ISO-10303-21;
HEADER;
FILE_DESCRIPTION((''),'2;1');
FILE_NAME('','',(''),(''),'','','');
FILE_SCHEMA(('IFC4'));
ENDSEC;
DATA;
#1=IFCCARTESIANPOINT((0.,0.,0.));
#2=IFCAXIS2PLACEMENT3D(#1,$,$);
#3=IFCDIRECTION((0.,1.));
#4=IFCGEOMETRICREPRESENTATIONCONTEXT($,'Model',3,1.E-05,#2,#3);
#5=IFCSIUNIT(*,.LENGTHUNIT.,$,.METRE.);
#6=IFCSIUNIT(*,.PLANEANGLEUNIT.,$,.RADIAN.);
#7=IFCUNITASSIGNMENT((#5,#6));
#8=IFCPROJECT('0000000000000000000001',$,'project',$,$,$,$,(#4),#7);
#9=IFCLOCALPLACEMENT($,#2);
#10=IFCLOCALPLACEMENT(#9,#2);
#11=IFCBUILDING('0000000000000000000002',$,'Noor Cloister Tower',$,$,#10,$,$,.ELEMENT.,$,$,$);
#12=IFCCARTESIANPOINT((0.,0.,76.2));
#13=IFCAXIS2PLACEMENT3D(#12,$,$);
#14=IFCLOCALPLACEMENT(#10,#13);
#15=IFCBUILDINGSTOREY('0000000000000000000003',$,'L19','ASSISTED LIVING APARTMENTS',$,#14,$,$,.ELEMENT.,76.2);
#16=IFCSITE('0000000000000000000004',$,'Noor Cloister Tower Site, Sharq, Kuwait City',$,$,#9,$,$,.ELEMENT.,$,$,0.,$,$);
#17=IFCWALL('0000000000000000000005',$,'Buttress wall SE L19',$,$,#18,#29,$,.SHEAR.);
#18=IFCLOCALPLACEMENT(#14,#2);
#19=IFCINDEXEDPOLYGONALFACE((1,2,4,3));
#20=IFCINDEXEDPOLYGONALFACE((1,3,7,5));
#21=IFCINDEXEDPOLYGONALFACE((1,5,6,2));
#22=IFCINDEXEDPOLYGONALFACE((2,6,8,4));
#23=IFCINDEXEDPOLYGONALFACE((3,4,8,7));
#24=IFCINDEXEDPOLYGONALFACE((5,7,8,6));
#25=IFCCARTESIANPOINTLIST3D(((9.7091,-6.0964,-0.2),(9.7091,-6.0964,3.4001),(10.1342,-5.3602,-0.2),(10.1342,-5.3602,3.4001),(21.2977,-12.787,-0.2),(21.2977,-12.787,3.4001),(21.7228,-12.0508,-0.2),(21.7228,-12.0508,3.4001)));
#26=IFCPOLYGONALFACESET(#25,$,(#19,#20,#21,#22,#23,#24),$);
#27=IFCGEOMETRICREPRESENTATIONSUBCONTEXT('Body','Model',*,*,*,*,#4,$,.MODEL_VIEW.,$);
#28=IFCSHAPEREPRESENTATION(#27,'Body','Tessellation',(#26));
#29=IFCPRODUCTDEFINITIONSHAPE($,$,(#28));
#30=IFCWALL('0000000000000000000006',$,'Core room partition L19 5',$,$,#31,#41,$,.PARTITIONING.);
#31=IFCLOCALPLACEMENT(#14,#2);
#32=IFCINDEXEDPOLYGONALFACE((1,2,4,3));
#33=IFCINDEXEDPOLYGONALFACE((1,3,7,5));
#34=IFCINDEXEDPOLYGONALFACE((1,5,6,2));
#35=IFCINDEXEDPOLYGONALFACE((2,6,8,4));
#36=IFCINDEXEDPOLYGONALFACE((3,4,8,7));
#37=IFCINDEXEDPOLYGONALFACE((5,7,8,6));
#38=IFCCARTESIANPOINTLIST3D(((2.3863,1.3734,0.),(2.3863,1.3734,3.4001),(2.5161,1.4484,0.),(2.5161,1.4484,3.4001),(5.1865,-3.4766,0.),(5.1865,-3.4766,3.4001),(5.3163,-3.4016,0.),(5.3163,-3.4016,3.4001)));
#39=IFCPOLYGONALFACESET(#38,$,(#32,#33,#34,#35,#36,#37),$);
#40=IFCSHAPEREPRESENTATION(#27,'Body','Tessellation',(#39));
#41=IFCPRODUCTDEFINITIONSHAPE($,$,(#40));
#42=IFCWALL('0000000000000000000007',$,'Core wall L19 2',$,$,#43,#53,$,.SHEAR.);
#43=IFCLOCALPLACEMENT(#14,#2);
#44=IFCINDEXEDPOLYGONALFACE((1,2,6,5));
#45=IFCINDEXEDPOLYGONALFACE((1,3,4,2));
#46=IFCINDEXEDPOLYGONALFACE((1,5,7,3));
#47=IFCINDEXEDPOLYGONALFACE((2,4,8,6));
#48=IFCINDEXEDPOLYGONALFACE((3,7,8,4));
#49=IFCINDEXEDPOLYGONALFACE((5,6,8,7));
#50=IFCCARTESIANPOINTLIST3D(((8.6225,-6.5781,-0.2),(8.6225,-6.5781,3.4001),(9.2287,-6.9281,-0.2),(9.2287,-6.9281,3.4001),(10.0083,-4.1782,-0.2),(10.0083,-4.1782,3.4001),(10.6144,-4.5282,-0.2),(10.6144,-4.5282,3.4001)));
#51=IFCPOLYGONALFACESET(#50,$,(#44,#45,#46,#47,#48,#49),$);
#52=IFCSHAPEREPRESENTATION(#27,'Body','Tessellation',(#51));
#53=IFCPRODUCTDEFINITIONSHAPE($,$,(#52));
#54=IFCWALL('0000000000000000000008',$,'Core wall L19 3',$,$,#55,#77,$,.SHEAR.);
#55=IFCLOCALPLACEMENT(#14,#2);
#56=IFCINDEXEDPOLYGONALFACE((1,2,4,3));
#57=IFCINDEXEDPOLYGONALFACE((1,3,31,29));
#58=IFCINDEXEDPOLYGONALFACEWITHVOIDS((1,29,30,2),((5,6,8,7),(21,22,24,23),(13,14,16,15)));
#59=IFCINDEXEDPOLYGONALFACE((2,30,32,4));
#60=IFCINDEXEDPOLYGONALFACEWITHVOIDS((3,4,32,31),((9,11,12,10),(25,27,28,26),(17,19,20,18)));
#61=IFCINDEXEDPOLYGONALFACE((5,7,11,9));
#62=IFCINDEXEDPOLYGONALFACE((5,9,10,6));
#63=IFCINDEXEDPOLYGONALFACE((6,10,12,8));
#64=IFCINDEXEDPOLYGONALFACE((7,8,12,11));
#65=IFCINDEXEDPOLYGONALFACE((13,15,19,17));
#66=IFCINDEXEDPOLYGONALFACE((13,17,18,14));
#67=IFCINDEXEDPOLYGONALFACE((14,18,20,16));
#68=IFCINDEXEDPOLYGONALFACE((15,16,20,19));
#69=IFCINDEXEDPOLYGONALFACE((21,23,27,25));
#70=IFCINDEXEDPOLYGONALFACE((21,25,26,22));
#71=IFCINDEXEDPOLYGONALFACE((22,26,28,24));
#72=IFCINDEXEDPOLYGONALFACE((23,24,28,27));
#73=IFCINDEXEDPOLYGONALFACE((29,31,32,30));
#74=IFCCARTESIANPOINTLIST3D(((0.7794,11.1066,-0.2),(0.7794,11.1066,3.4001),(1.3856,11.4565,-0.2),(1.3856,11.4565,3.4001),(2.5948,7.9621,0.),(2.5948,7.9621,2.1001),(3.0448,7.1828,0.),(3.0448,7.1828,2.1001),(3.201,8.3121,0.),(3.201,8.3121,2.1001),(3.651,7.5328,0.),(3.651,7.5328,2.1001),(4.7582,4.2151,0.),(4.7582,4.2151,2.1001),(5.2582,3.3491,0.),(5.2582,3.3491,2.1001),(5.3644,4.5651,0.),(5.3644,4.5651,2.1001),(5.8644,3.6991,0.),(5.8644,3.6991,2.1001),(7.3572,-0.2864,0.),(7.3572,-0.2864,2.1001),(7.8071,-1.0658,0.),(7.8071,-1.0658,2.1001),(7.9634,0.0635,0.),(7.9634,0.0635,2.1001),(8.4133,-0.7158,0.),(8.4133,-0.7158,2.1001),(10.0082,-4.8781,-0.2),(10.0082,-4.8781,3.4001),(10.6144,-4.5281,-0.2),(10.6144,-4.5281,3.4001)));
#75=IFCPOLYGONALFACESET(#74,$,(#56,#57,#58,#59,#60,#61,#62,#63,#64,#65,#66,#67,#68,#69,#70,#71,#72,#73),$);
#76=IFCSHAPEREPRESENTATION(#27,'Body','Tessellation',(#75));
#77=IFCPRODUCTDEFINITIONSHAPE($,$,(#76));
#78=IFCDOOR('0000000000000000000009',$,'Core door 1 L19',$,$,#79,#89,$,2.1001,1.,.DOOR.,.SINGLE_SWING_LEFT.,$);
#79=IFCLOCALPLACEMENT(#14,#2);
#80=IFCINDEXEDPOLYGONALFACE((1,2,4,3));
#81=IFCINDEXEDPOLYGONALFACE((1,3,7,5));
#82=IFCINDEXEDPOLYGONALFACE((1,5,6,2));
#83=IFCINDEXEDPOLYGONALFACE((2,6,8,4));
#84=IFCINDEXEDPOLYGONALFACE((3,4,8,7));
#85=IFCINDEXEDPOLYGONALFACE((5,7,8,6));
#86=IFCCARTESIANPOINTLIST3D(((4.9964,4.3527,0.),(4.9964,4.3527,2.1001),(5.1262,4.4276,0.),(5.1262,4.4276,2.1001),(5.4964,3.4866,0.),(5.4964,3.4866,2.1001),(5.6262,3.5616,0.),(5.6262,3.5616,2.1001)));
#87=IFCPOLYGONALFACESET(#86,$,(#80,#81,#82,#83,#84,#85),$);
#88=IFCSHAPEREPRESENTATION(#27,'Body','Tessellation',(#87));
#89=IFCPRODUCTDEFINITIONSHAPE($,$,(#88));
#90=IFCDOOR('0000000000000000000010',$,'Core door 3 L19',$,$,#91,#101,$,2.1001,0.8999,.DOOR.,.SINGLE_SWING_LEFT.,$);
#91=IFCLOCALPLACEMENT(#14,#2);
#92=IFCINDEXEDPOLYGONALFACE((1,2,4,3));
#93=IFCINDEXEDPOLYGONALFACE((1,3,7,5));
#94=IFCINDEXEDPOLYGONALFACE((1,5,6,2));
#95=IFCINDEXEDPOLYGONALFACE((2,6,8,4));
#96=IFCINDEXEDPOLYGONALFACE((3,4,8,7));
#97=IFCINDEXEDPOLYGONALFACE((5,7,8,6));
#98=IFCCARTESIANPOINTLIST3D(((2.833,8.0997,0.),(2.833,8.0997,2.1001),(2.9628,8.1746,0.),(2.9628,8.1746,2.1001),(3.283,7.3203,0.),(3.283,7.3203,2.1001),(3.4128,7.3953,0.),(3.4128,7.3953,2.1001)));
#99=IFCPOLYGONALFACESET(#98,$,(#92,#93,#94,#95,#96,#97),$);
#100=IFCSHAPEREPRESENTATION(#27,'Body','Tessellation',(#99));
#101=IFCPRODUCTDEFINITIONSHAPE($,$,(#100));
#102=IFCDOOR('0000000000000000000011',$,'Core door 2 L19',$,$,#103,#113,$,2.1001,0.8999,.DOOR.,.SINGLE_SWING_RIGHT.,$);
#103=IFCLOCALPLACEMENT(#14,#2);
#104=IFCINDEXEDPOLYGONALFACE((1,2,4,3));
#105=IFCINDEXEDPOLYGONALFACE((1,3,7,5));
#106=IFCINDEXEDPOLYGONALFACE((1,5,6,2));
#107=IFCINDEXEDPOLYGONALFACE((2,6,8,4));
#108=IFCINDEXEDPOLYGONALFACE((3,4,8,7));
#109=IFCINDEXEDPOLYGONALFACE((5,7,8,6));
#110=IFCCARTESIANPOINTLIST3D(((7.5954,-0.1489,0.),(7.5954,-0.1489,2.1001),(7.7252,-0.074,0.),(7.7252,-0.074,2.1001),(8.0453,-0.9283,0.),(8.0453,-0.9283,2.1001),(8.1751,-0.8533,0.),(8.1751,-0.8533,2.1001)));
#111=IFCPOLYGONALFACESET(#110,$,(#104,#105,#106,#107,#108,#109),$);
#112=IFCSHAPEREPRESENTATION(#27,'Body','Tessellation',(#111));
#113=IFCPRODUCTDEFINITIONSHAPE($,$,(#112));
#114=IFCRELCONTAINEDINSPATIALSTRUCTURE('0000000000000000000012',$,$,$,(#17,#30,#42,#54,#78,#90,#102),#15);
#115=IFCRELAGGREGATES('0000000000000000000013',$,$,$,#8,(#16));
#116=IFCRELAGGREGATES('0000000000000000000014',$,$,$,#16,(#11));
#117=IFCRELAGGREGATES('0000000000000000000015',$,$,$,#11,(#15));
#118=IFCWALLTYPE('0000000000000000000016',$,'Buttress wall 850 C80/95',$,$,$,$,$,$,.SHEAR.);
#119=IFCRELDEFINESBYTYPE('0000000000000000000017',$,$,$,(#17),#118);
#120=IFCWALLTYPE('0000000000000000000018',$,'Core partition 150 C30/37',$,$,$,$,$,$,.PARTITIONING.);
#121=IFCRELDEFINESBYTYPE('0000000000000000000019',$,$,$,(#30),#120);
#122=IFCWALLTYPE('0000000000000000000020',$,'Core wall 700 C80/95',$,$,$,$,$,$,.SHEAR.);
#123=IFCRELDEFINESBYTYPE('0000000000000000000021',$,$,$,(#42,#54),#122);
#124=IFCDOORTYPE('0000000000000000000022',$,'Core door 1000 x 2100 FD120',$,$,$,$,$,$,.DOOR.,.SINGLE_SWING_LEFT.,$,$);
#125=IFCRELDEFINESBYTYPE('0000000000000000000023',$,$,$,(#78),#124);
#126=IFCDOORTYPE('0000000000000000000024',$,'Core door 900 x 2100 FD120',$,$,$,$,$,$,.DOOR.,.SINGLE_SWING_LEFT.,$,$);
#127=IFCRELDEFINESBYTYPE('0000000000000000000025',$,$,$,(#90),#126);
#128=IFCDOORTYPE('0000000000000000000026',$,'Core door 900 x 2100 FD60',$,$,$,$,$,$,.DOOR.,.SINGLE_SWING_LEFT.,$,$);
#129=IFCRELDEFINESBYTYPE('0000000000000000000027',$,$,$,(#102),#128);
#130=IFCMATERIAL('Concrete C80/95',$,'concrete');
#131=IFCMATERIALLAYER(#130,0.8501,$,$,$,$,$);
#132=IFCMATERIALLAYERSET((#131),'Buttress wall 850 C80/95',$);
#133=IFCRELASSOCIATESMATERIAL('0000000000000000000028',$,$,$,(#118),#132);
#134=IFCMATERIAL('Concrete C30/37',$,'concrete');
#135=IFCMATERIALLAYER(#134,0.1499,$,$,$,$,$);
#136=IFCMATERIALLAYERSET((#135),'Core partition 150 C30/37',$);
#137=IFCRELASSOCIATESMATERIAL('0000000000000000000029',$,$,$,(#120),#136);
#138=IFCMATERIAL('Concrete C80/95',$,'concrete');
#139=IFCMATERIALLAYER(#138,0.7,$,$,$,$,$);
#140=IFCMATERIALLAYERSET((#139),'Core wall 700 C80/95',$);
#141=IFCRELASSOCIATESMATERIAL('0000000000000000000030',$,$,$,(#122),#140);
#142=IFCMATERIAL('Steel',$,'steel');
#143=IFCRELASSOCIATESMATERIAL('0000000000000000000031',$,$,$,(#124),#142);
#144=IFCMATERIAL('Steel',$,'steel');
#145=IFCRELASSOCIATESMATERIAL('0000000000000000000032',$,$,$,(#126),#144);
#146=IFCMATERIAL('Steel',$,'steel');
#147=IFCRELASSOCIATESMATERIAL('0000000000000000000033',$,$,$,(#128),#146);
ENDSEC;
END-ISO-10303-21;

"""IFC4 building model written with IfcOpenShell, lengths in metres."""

from ifc_helpers import new_model, si_unit, direction, frame, frame_2d, origin, place, context, subcontext, project, spatial, rectangle, extrude, material, layer, layer_set, type_object, element, fill, save


model = new_model("IFC4")

# Units and contexts
model_context = context("Model", 3, precision=1e-05, world=origin(), true_north=direction((0.0, 1.0)))
body_context = subcontext(model_context, "Body", "Model", "MODEL_VIEW")
ifc_project = project(units=[si_unit("LENGTHUNIT", "METRE"), si_unit("PLANEANGLEUNIT", "RADIAN")], contexts=[model_context])

# Site, building, storey
site_placement = place(None, origin())
site = spatial("IfcSite", under=ifc_project, at=site_placement, Name="Noor Cloister Tower Site, Sharq, Kuwait City", CompositionType="ELEMENT", RefElevation=0.0)
building_placement = place(site_placement, origin())
building = spatial("IfcBuilding", under=site, at=building_placement, Name="Noor Cloister Tower", CompositionType="ELEMENT")
storey_placement = place(building_placement, frame((0.0, 0.0, 76.2)))
storey = spatial("IfcBuildingStorey", under=building, at=storey_placement, Name="L19", Description="ASSISTED LIVING APARTMENTS", CompositionType="ELEMENT", Elevation=76.2)

# Walls
ifc_material_1 = material(Name="Concrete C80/95", Category="concrete")
ifc_layer_1 = layer(ifc_material_1, 0.8501)
ifc_layer_set_1 = layer_set([ifc_layer_1], Name="Buttress wall 850 C80/95")
wall_type_1 = type_object("IfcWallType", Name="Buttress wall 850 C80/95", PredefinedType="SHEAR", material=ifc_layer_set_1)
wall_1_placement = place(storey_placement, frame((9.9216, -5.7283, -0.2), z_axis=(0.0, 0.0, 1.0), x_axis=(0.866026, -0.499999, 0.0)))
element("IfcWall", 1, at=wall_1_placement, inside=storey, type_object=wall_type_1, Name="Buttress wall SE L19", PredefinedType="SHEAR", context=body_context, shape_type="SweptSolid", body=[
    extrude(rectangle(XDim=13.3813, YDim=0.8501, at=frame_2d((6.6907, 0.0))), origin(), (0.0, 0.0, 1.0), 3.6001),
])
ifc_material_2 = material(Name="Concrete C30/37", Category="concrete")
ifc_layer_2 = layer(ifc_material_2, 0.1499)
ifc_layer_set_2 = layer_set([ifc_layer_2], Name="Core partition 150 C30/37")
wall_type_2 = type_object("IfcWallType", Name="Core partition 150 C30/37", PredefinedType="PARTITIONING", material=ifc_layer_set_2)
wall_2_placement = place(storey_placement, frame((5.2515, -3.4392, 0.0), z_axis=(0.0, 0.0, 1.0), x_axis=(-0.500012, 0.866019, 0.0)))
element("IfcWall", 2, at=wall_2_placement, inside=storey, type_object=wall_type_2, Name="Core room partition L19 5", PredefinedType="PARTITIONING", context=body_context, shape_type="SweptSolid", body=[
    extrude(rectangle(XDim=5.6003, YDim=0.1499, at=frame_2d((2.8003, 0.0))), origin(), (0.0, 0.0, 1.0), 3.4001),
])
ifc_material_3 = material(Name="Concrete C80/95", Category="concrete")
ifc_layer_3 = layer(ifc_material_3, 0.7)
ifc_layer_set_3 = layer_set([ifc_layer_3], Name="Core wall 700 C80/95")
wall_type_3 = type_object("IfcWallType", Name="Core wall 700 C80/95", PredefinedType="SHEAR", material=ifc_layer_set_3)
wall_3_placement = place(storey_placement, frame((8.9255, -6.7532, -0.2), z_axis=(0.0, 0.0, 1.0), x_axis=(0.500043, 0.866001, 0.0)))
element("IfcWall", 3, at=wall_3_placement, inside=storey, type_object=wall_type_3, Name="Core wall L19 2", PredefinedType="SHEAR", context=body_context, shape_type="SweptSolid", body=[
    extrude(rectangle(XDim=2.7712, YDim=0.7, at=frame_2d((1.3857, 0.0))), origin(), (0.0, 0.0, 1.0), 3.6001),
])

# Wall, openings, doors
wall_4_placement = place(storey_placement, frame((10.3113, -4.7031, -0.2), z_axis=(0.0, 0.0, 1.0), x_axis=(-0.500001, 0.866025, 0.0)))
wall_4 = element("IfcWall", 4, at=wall_4_placement, inside=storey, type_object=wall_type_3, Name="Core wall L19 3", PredefinedType="SHEAR", context=body_context, shape_type="SweptSolid", body=[
    extrude(rectangle(XDim=18.4575, YDim=0.7, at=frame_2d((9.2288, 0.0))), origin(), (0.0, 0.0, 1.0), 3.6001),
])
opening_1_placement = place(wall_4_placement, frame((9.5, 0.0, 0.2)))
opening_1 = element("IfcOpeningElement", 5, at=opening_1_placement, cuts=wall_4, PredefinedType="OPENING", context=body_context, shape_type="SweptSolid", body=[
    extrude(rectangle(XDim=1.0, YDim=2.1001, at=frame_2d((0.5, 1.05))), frame((0.0, 0.3599, 0.0), z_axis=(0.0, -1.0, 0.0), x_axis=(1.0, 0.0, 0.0)), (0.0, 0.0, 1.0), 0.72),
])
opening_2_placement = place(wall_4_placement, frame((4.4021, 0.0, 0.2)))
opening_2 = element("IfcOpeningElement", 6, at=opening_2_placement, cuts=wall_4, PredefinedType="OPENING", context=body_context, shape_type="SweptSolid", body=[
    extrude(rectangle(XDim=0.8999, YDim=2.1001, at=frame_2d((0.45, 1.05))), frame((0.0, 0.3599, 0.0), z_axis=(0.0, -1.0, 0.0), x_axis=(1.0, 0.0, 0.0)), (0.0, 0.0, 1.0), 0.72),
])
opening_3_placement = place(wall_4_placement, frame((13.9268, 0.0, 0.2)))
opening_3 = element("IfcOpeningElement", 7, at=opening_3_placement, cuts=wall_4, PredefinedType="OPENING", context=body_context, shape_type="SweptSolid", body=[
    extrude(rectangle(XDim=0.8999, YDim=2.1001, at=frame_2d((0.45, 1.05))), frame((0.0, 0.3599, 0.0), z_axis=(0.0, -1.0, 0.0), x_axis=(1.0, 0.0, 0.0)), (0.0, 0.0, 1.0), 0.72),
])
ifc_material_4 = material(Name="Steel", Category="steel")
door_type_1 = type_object("IfcDoorType", Name="Core door 1000 x 2100 FD120", OperationType="SINGLE_SWING_LEFT", PredefinedType="DOOR", material=ifc_material_4)
door_1_placement = place(opening_1_placement, origin())
door_1 = element("IfcDoor", 8, at=door_1_placement, inside=storey, type_object=door_type_1, Name="Core door 1 L19", OperationType="SINGLE_SWING_LEFT", OverallHeight=2.1001, OverallWidth=1.0, PredefinedType="DOOR", context=body_context, shape_type="SweptSolid", body=[
    extrude(rectangle(XDim=1.0, YDim=2.1001, at=frame_2d((0.5, 1.05))), frame((0.0, 0.075, 0.0), z_axis=(0.0, -1.0, 0.0), x_axis=(1.0, 0.0, 0.0)), (0.0, 0.0, 1.0), 0.1499),
])
fill(opening_1, door_1)
ifc_material_5 = material(Name="Steel", Category="steel")
door_type_2 = type_object("IfcDoorType", Name="Core door 900 x 2100 FD120", OperationType="SINGLE_SWING_LEFT", PredefinedType="DOOR", material=ifc_material_5)
door_2_placement = place(opening_3_placement, origin())
door_2 = element("IfcDoor", 9, at=door_2_placement, inside=storey, type_object=door_type_2, Name="Core door 3 L19", OperationType="SINGLE_SWING_LEFT", OverallHeight=2.1001, OverallWidth=0.8999, PredefinedType="DOOR", context=body_context, shape_type="SweptSolid", body=[
    extrude(rectangle(XDim=0.8999, YDim=2.1001, at=frame_2d((0.45, 1.05))), frame((0.0, 0.075, 0.0), z_axis=(0.0, -1.0, 0.0), x_axis=(1.0, 0.0, 0.0)), (0.0, 0.0, 1.0), 0.1499),
])
fill(opening_3, door_2)
ifc_material_6 = material(Name="Steel", Category="steel")
door_type_3 = type_object("IfcDoorType", Name="Core door 900 x 2100 FD60", OperationType="SINGLE_SWING_LEFT", PredefinedType="DOOR", material=ifc_material_6)
door_3_placement = place(opening_2_placement, origin())
door_3 = element("IfcDoor", 10, at=door_3_placement, inside=storey, type_object=door_type_3, Name="Core door 2 L19", OperationType="SINGLE_SWING_RIGHT", OverallHeight=2.1001, OverallWidth=0.8999, PredefinedType="DOOR", context=body_context, shape_type="SweptSolid", body=[
    extrude(rectangle(XDim=0.8999, YDim=2.1001, at=frame_2d((0.45, 1.05))), frame((0.0, 0.075, 0.0), z_axis=(0.0, -1.0, 0.0), x_axis=(1.0, 0.0, 0.0)), (0.0, 0.0, 1.0), 0.1499),
])
fill(opening_2, door_3)

save(model, "model.ifc")
